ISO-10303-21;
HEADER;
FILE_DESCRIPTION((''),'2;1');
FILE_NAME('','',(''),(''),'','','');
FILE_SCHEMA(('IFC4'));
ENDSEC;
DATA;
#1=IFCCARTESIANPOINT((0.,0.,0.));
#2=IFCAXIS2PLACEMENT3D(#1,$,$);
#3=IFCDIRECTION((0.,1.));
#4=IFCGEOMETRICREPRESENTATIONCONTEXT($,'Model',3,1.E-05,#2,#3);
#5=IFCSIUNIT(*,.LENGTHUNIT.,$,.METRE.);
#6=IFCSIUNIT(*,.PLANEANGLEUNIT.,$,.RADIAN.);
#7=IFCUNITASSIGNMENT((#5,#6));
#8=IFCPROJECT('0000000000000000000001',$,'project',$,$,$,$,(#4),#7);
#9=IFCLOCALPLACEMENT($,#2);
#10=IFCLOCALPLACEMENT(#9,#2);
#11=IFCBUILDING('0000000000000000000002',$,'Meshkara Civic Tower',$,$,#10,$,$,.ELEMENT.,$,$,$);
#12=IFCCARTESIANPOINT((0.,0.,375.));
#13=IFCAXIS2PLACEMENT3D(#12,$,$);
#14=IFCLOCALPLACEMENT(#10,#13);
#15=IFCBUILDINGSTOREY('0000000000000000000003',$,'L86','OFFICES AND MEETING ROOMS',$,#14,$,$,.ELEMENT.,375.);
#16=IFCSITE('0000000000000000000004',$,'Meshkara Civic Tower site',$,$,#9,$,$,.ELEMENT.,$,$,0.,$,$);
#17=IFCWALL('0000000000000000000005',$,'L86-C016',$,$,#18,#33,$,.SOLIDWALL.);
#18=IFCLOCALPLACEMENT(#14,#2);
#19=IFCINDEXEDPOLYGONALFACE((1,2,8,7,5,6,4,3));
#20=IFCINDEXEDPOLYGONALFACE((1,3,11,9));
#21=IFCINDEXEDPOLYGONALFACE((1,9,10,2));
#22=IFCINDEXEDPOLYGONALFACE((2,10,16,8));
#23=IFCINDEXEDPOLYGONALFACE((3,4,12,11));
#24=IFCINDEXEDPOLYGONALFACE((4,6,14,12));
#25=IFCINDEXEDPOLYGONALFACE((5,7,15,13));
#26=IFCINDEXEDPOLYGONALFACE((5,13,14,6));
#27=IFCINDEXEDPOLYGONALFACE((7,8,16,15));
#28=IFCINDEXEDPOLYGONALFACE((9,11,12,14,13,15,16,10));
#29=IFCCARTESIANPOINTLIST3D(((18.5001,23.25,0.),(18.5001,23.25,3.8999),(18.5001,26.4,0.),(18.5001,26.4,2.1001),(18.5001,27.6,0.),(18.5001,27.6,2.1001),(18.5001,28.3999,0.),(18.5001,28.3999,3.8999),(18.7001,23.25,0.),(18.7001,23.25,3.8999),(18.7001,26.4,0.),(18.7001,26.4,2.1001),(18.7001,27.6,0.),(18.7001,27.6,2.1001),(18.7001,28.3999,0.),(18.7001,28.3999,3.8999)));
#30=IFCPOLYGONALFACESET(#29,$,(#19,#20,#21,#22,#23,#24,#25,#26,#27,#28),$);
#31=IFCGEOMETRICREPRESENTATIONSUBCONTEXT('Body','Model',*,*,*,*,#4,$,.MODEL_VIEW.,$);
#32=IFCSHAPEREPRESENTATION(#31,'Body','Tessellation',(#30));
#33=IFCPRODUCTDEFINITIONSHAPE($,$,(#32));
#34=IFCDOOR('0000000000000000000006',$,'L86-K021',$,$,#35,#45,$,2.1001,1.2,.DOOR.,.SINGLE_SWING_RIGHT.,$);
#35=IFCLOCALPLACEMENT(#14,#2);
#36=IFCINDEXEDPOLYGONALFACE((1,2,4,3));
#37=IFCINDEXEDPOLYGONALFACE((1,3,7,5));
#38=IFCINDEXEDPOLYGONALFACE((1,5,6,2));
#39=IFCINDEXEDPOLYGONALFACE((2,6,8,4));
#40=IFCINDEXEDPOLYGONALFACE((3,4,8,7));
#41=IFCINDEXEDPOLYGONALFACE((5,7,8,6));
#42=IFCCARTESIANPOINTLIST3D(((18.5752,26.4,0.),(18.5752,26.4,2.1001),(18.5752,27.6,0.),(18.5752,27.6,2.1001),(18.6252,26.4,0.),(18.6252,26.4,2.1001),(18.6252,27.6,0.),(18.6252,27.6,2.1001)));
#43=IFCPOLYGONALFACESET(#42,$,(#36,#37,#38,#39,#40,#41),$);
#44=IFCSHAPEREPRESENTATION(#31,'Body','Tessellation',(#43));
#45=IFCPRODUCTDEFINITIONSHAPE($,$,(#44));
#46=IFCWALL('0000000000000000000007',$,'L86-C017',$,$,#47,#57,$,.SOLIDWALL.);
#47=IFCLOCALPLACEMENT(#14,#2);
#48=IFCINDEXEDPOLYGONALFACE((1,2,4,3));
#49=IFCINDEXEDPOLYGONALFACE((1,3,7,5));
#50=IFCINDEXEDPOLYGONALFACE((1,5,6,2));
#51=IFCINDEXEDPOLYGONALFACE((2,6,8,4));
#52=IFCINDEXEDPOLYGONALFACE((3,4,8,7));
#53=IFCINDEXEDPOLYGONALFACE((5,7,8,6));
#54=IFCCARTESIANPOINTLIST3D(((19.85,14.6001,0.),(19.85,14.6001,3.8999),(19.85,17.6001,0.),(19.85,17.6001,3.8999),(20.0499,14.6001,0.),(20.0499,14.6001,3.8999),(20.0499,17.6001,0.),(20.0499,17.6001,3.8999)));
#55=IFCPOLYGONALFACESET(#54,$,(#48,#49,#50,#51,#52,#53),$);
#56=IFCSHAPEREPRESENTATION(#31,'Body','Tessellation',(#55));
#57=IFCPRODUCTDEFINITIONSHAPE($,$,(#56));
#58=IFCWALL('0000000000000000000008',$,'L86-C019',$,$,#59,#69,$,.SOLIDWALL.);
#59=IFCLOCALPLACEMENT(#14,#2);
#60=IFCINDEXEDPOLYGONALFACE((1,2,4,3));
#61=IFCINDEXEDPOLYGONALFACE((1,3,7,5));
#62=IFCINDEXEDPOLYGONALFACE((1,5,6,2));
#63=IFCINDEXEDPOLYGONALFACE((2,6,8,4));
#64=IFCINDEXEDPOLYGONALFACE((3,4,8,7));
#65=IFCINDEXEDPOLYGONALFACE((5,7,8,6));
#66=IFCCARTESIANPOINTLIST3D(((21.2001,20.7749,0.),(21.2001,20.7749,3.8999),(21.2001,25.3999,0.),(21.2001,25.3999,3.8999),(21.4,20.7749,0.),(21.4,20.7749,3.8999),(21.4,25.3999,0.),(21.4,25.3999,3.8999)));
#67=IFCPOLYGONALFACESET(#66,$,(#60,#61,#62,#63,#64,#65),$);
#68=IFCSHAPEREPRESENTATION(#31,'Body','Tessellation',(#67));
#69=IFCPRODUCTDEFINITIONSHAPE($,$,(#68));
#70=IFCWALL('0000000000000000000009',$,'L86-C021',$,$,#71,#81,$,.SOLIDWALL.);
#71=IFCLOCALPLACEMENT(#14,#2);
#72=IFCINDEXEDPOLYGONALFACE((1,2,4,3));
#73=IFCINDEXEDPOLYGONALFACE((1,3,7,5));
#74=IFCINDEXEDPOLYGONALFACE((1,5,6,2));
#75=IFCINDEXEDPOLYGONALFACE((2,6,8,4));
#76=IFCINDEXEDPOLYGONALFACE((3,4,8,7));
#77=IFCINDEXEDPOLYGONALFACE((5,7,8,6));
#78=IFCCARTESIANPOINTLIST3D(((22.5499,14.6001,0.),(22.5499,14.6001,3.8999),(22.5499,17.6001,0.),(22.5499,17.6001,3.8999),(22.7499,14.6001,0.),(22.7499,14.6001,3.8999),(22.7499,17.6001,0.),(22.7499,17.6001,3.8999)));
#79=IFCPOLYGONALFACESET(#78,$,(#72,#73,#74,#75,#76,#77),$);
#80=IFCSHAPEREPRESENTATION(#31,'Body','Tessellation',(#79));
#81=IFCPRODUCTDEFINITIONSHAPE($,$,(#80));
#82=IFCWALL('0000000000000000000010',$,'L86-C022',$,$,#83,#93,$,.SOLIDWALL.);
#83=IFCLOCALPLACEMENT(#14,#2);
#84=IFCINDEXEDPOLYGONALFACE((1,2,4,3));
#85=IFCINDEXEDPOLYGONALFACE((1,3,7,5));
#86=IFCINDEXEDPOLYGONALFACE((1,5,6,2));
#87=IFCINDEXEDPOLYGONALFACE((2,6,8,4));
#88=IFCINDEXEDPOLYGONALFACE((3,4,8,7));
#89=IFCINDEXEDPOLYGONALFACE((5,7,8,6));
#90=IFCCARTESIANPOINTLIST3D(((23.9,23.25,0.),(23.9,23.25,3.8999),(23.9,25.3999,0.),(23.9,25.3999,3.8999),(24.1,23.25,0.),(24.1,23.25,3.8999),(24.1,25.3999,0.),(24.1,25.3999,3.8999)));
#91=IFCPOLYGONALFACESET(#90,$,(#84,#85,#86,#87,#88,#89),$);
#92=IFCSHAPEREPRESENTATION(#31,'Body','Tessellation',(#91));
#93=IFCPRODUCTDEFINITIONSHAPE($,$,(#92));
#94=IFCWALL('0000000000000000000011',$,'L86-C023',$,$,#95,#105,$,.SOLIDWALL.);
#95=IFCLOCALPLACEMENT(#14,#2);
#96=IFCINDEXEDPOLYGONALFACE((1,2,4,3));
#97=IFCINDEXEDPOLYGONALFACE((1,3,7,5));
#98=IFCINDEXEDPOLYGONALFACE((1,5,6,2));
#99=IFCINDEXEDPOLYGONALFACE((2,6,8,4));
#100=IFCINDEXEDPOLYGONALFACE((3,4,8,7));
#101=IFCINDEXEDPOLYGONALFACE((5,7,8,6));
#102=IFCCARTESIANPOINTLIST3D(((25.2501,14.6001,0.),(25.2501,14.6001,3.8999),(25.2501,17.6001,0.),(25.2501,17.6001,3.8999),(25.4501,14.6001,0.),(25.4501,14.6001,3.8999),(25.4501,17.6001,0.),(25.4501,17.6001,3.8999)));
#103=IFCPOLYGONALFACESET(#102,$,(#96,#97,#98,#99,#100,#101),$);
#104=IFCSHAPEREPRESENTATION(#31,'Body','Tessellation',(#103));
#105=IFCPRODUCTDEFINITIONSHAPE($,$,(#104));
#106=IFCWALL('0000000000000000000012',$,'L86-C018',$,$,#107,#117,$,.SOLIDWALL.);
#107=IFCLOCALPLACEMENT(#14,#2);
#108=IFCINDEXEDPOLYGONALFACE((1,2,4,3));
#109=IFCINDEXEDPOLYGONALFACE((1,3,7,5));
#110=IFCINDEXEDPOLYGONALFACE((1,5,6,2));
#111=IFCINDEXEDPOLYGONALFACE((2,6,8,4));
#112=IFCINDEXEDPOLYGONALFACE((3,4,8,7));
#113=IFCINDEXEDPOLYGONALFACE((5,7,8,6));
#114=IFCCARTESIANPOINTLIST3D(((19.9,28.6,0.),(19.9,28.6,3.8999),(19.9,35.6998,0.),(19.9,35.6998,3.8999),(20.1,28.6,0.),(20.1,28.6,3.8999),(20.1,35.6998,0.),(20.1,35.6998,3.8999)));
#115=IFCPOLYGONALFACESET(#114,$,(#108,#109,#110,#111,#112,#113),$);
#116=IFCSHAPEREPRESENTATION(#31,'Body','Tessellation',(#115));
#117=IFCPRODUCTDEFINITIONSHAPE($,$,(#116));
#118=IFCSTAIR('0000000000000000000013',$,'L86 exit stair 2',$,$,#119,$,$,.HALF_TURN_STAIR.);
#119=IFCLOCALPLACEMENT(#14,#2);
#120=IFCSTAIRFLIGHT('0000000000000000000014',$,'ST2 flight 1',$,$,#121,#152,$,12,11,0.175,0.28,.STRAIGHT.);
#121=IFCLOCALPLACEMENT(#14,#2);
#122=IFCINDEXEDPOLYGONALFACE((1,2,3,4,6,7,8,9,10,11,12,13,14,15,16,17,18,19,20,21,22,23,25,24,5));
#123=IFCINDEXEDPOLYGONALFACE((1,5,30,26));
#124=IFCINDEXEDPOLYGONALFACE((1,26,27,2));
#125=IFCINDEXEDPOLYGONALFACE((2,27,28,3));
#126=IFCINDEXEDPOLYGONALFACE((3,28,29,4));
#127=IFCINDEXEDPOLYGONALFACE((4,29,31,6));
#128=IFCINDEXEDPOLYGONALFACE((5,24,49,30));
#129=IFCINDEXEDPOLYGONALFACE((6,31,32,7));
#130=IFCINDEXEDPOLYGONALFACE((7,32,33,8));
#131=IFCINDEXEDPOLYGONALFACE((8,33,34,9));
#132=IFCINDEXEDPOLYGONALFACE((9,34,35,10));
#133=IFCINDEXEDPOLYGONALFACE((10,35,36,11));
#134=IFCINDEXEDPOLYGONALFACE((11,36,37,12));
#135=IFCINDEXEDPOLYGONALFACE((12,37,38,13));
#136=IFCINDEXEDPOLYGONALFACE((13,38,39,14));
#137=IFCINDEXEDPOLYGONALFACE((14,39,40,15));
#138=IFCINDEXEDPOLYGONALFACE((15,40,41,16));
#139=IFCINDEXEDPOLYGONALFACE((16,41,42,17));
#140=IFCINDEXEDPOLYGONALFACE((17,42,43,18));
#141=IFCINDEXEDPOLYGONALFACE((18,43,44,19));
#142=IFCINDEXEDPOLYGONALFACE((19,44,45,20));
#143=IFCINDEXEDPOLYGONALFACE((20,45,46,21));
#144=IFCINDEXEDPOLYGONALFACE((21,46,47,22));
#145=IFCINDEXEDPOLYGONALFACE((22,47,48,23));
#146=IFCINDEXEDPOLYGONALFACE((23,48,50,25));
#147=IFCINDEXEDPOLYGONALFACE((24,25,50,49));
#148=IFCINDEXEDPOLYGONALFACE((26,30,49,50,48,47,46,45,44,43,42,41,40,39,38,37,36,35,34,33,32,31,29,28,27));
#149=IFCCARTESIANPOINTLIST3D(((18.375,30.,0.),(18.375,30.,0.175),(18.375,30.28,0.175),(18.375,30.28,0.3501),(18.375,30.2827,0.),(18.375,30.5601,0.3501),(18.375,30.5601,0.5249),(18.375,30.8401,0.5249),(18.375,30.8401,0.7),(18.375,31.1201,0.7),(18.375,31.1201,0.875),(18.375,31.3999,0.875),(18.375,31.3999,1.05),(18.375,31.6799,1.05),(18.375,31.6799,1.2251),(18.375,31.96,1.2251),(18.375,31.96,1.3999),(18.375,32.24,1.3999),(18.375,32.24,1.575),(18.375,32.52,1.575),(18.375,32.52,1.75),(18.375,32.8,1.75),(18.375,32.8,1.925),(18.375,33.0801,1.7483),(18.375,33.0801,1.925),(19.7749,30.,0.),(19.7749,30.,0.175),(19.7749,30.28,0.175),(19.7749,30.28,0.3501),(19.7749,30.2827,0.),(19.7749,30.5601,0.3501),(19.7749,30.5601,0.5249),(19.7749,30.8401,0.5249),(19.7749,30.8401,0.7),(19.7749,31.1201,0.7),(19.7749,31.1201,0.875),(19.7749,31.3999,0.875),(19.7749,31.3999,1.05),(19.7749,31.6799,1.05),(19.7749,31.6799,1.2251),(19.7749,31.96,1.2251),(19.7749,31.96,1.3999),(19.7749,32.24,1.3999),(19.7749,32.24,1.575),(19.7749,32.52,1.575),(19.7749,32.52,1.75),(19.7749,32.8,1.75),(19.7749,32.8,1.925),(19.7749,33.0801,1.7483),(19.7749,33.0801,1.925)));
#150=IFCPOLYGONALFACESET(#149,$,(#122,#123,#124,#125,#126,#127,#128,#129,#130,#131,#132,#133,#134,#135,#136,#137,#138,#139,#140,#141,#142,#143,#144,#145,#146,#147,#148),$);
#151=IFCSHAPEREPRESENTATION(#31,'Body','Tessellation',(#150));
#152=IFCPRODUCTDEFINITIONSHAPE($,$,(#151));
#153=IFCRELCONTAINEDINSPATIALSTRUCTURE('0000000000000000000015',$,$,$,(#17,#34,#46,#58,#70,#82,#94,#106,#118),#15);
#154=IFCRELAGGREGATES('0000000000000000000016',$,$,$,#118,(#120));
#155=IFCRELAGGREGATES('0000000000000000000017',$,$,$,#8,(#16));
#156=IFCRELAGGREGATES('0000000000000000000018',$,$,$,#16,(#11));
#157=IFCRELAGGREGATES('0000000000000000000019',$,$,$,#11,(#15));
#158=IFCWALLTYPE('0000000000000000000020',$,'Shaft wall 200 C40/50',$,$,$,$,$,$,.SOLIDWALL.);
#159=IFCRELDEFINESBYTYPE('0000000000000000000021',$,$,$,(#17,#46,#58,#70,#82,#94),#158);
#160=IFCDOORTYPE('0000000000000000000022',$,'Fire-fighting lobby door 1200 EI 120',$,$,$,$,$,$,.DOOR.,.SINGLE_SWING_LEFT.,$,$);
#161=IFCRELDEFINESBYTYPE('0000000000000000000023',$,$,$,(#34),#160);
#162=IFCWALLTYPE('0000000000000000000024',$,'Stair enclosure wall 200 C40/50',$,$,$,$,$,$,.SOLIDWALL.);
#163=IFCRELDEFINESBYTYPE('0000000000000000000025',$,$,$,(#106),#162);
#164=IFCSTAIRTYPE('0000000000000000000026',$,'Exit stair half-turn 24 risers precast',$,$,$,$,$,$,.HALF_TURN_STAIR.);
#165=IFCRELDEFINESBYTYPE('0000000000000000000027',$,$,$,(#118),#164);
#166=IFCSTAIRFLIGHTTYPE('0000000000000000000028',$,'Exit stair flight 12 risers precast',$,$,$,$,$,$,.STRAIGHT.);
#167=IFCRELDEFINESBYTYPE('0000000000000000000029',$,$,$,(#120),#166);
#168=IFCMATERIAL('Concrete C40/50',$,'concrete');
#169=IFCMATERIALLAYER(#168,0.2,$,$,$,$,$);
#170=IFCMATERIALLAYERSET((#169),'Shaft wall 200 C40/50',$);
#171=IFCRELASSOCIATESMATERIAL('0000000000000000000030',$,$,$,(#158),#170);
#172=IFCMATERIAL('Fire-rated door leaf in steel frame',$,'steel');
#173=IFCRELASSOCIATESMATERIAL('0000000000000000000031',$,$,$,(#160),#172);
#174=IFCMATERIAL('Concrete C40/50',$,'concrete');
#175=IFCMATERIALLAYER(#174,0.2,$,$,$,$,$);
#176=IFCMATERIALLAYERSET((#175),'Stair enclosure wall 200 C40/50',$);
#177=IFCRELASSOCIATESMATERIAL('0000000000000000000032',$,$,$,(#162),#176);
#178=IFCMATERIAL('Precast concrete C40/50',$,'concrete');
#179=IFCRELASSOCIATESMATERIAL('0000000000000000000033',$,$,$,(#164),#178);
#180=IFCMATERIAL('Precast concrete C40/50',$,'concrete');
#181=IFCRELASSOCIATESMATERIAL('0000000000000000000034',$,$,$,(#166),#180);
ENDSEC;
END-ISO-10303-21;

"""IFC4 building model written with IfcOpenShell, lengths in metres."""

from ifc_helpers import new_model, si_unit, direction, frame, frame_2d, origin, place, context, subcontext, project, spatial, polyline, rectangle, outline, extrude, material, layer, layer_set, type_object, element, fill, aggregate, save


model = new_model("IFC4")

# Units and contexts
model_context = context("Model", 3, precision=1e-05, world=origin(), true_north=direction((0.0, 1.0)))
body_context = subcontext(model_context, "Body", "Model", "MODEL_VIEW")
ifc_project = project(units=[si_unit("LENGTHUNIT", "METRE"), si_unit("PLANEANGLEUNIT", "RADIAN")], contexts=[model_context])

# Site, building, storey
site_placement = place(None, origin())
site = spatial("IfcSite", under=ifc_project, at=site_placement, Name="Meshkara Civic Tower site", CompositionType="ELEMENT", RefElevation=0.0)
building_placement = place(site_placement, origin())
building = spatial("IfcBuilding", under=site, at=building_placement, Name="Meshkara Civic Tower", CompositionType="ELEMENT")
storey_placement = place(building_placement, frame((0.0, 0.0, 375.0)))
storey = spatial("IfcBuildingStorey", under=building, at=storey_placement, Name="L86", Description="OFFICES AND MEETING ROOMS", CompositionType="ELEMENT", Elevation=375.0)

# Wall, opening, door
ifc_material_1 = material(Name="Concrete C40/50", Category="concrete")
ifc_layer_1 = layer(ifc_material_1, 0.2)
ifc_layer_set_1 = layer_set([ifc_layer_1], Name="Shaft wall 200 C40/50")
wall_type_1 = type_object("IfcWallType", Name="Shaft wall 200 C40/50", PredefinedType="SOLIDWALL", material=ifc_layer_set_1)
wall_1_placement = place(storey_placement, frame((18.6001, 23.25, 0.0), z_axis=(0.0, 0.0, 1.0), x_axis=(0.0, 1.0, 0.0)))
wall_1 = element("IfcWall", 1, at=wall_1_placement, inside=storey, type_object=wall_type_1, Name="L86-C016", PredefinedType="SOLIDWALL", context=body_context, shape_type="SweptSolid", body=[
    extrude(rectangle(XDim=5.1499, YDim=0.2, at=frame_2d((2.575, 0.0))), origin(), (0.0, 0.0, 1.0), 3.8999),
])
opening_1_placement = place(wall_1_placement, frame((3.1499, 0.0, 0.0)))
opening_1 = element("IfcOpeningElement", 2, at=opening_1_placement, cuts=wall_1, PredefinedType="OPENING", context=body_context, shape_type="SweptSolid", body=[
    extrude(rectangle(XDim=1.2, YDim=2.1001, at=frame_2d((0.6001, 1.05))), frame((0.0, 0.1099, 0.0), z_axis=(0.0, -1.0, 0.0), x_axis=(1.0, 0.0, 0.0)), (0.0, 0.0, 1.0), 0.22),
])
ifc_material_2 = material(Name="Fire-rated door leaf in steel frame", Category="steel")
door_type_1 = type_object("IfcDoorType", Name="Fire-fighting lobby door 1200 EI 120", OperationType="SINGLE_SWING_LEFT", PredefinedType="DOOR", material=ifc_material_2)
door_1_placement = place(opening_1_placement, origin())
door_1 = element("IfcDoor", 3, at=door_1_placement, inside=storey, type_object=door_type_1, Name="L86-K021", OperationType="SINGLE_SWING_RIGHT", OverallHeight=2.1001, OverallWidth=1.2, PredefinedType="DOOR", context=body_context, shape_type="SweptSolid", body=[
    extrude(rectangle(XDim=1.2, YDim=2.1001, at=frame_2d((0.6001, 1.05))), frame((0.0, 0.0249, 0.0), z_axis=(0.0, -1.0, 0.0), x_axis=(1.0, 0.0, 0.0)), (0.0, 0.0, 1.0), 0.05),
])
fill(opening_1, door_1)

# Walls
wall_2_placement = place(storey_placement, frame((19.95, 14.6001, 0.0), z_axis=(0.0, 0.0, 1.0), x_axis=(0.0, 1.0, 0.0)))
element("IfcWall", 4, at=wall_2_placement, inside=storey, type_object=wall_type_1, Name="L86-C017", PredefinedType="SOLIDWALL", context=body_context, shape_type="SweptSolid", body=[
    extrude(rectangle(XDim=3.0, YDim=0.2, at=frame_2d((1.5, 0.0))), origin(), (0.0, 0.0, 1.0), 3.8999),
])
wall_3_placement = place(storey_placement, frame((21.3, 20.7749, 0.0), z_axis=(0.0, 0.0, 1.0), x_axis=(0.0, 1.0, 0.0)))
element("IfcWall", 5, at=wall_3_placement, inside=storey, type_object=wall_type_1, Name="L86-C019", PredefinedType="SOLIDWALL", context=body_context, shape_type="SweptSolid", body=[
    extrude(rectangle(XDim=4.625, YDim=0.2, at=frame_2d((2.3125, 0.0))), origin(), (0.0, 0.0, 1.0), 3.8999),
])
wall_4_placement = place(storey_placement, frame((22.6499, 14.6001, 0.0), z_axis=(0.0, 0.0, 1.0), x_axis=(0.0, 1.0, 0.0)))
element("IfcWall", 6, at=wall_4_placement, inside=storey, type_object=wall_type_1, Name="L86-C021", PredefinedType="SOLIDWALL", context=body_context, shape_type="SweptSolid", body=[
    extrude(rectangle(XDim=3.0, YDim=0.2, at=frame_2d((1.5, 0.0))), origin(), (0.0, 0.0, 1.0), 3.8999),
])
wall_5_placement = place(storey_placement, frame((24.0, 23.25, 0.0), z_axis=(0.0, 0.0, 1.0), x_axis=(0.0, 1.0, 0.0)))
element("IfcWall", 7, at=wall_5_placement, inside=storey, type_object=wall_type_1, Name="L86-C022", PredefinedType="SOLIDWALL", context=body_context, shape_type="SweptSolid", body=[
    extrude(rectangle(XDim=2.1499, YDim=0.2, at=frame_2d((1.075, 0.0))), origin(), (0.0, 0.0, 1.0), 3.8999),
])
wall_6_placement = place(storey_placement, frame((25.3501, 14.6001, 0.0), z_axis=(0.0, 0.0, 1.0), x_axis=(0.0, 1.0, 0.0)))
element("IfcWall", 8, at=wall_6_placement, inside=storey, type_object=wall_type_1, Name="L86-C023", PredefinedType="SOLIDWALL", context=body_context, shape_type="SweptSolid", body=[
    extrude(rectangle(XDim=3.0, YDim=0.2, at=frame_2d((1.5, 0.0))), origin(), (0.0, 0.0, 1.0), 3.8999),
])
ifc_material_3 = material(Name="Concrete C40/50", Category="concrete")
ifc_layer_2 = layer(ifc_material_3, 0.2)
ifc_layer_set_2 = layer_set([ifc_layer_2], Name="Stair enclosure wall 200 C40/50")
wall_type_2 = type_object("IfcWallType", Name="Stair enclosure wall 200 C40/50", PredefinedType="SOLIDWALL", material=ifc_layer_set_2)
wall_7_placement = place(storey_placement, frame((20.0, 28.6001, 0.0), z_axis=(0.0, 0.0, 1.0), x_axis=(0.0, 1.0, 0.0)))
element("IfcWall", 9, at=wall_7_placement, inside=storey, type_object=wall_type_2, Name="L86-C018", PredefinedType="SOLIDWALL", context=body_context, shape_type="SweptSolid", body=[
    extrude(rectangle(XDim=7.0999, YDim=0.2, at=frame_2d((3.5498, 0.0))), origin(), (0.0, 0.0, 1.0), 3.8999),
])

# Stair, stair flight
ifc_material_4 = material(Name="Precast concrete C40/50", Category="concrete")
stair_type = type_object("IfcStairType", Name="Exit stair half-turn 24 risers precast", PredefinedType="HALF_TURN_STAIR", material=ifc_material_4)
stair_placement = place(storey_placement, origin())
stair = element("IfcStair", 10, at=stair_placement, inside=storey, type_object=stair_type, Name="L86 exit stair 2", PredefinedType="HALF_TURN_STAIR")
ifc_material_5 = material(Name="Precast concrete C40/50", Category="concrete")
stair_flight_type = type_object("IfcStairFlightType", Name="Exit stair flight 12 risers precast", PredefinedType="STRAIGHT", material=ifc_material_5)
stair_flight_placement = place(storey_placement, frame((19.075, 30.0, 0.0), z_axis=(0.0, 0.0, 1.0), x_axis=(0.0, 1.0, 0.0)))
stair_flight = element("IfcStairFlight", 11, at=stair_flight_placement, type_object=stair_flight_type, Name="ST2 flight 1", NumberOfRisers=12, NumberOfTreads=11, PredefinedType="STRAIGHT", RiserHeight=0.175, TreadLength=0.28, context=body_context, shape_type="SweptSolid", body=[
    extrude(outline(polyline([(0.0, 0.0), (0.0, 0.175), (0.28, 0.175), (0.28, 0.3501), (0.5601, 0.3501), (0.5601, 0.5249), (0.8401, 0.5249), (0.8401, 0.7), (1.1201, 0.7), (1.1201, 0.875), (1.3999, 0.875), (1.3999, 1.05), (1.6799, 1.05), (1.6799, 1.2251), (1.96, 1.2251), (1.96, 1.3999), (2.24, 1.3999), (2.24, 1.575), (2.52, 1.575), (2.52, 1.75), (2.8, 1.75), (2.8, 1.925), (3.0801, 1.925), (3.0801, 2.1001), (3.0801, 1.7483), (0.2827, 0.0), (0.0, 0.0)])), frame((0.0, 0.7, 0.0), z_axis=(0.0, -1.0, 0.0), x_axis=(1.0, 0.0, 0.0)), (0.0, 0.0, 1.0), 1.3999),
])
aggregate(stair, [stair_flight])

save(model, "model.ifc")
